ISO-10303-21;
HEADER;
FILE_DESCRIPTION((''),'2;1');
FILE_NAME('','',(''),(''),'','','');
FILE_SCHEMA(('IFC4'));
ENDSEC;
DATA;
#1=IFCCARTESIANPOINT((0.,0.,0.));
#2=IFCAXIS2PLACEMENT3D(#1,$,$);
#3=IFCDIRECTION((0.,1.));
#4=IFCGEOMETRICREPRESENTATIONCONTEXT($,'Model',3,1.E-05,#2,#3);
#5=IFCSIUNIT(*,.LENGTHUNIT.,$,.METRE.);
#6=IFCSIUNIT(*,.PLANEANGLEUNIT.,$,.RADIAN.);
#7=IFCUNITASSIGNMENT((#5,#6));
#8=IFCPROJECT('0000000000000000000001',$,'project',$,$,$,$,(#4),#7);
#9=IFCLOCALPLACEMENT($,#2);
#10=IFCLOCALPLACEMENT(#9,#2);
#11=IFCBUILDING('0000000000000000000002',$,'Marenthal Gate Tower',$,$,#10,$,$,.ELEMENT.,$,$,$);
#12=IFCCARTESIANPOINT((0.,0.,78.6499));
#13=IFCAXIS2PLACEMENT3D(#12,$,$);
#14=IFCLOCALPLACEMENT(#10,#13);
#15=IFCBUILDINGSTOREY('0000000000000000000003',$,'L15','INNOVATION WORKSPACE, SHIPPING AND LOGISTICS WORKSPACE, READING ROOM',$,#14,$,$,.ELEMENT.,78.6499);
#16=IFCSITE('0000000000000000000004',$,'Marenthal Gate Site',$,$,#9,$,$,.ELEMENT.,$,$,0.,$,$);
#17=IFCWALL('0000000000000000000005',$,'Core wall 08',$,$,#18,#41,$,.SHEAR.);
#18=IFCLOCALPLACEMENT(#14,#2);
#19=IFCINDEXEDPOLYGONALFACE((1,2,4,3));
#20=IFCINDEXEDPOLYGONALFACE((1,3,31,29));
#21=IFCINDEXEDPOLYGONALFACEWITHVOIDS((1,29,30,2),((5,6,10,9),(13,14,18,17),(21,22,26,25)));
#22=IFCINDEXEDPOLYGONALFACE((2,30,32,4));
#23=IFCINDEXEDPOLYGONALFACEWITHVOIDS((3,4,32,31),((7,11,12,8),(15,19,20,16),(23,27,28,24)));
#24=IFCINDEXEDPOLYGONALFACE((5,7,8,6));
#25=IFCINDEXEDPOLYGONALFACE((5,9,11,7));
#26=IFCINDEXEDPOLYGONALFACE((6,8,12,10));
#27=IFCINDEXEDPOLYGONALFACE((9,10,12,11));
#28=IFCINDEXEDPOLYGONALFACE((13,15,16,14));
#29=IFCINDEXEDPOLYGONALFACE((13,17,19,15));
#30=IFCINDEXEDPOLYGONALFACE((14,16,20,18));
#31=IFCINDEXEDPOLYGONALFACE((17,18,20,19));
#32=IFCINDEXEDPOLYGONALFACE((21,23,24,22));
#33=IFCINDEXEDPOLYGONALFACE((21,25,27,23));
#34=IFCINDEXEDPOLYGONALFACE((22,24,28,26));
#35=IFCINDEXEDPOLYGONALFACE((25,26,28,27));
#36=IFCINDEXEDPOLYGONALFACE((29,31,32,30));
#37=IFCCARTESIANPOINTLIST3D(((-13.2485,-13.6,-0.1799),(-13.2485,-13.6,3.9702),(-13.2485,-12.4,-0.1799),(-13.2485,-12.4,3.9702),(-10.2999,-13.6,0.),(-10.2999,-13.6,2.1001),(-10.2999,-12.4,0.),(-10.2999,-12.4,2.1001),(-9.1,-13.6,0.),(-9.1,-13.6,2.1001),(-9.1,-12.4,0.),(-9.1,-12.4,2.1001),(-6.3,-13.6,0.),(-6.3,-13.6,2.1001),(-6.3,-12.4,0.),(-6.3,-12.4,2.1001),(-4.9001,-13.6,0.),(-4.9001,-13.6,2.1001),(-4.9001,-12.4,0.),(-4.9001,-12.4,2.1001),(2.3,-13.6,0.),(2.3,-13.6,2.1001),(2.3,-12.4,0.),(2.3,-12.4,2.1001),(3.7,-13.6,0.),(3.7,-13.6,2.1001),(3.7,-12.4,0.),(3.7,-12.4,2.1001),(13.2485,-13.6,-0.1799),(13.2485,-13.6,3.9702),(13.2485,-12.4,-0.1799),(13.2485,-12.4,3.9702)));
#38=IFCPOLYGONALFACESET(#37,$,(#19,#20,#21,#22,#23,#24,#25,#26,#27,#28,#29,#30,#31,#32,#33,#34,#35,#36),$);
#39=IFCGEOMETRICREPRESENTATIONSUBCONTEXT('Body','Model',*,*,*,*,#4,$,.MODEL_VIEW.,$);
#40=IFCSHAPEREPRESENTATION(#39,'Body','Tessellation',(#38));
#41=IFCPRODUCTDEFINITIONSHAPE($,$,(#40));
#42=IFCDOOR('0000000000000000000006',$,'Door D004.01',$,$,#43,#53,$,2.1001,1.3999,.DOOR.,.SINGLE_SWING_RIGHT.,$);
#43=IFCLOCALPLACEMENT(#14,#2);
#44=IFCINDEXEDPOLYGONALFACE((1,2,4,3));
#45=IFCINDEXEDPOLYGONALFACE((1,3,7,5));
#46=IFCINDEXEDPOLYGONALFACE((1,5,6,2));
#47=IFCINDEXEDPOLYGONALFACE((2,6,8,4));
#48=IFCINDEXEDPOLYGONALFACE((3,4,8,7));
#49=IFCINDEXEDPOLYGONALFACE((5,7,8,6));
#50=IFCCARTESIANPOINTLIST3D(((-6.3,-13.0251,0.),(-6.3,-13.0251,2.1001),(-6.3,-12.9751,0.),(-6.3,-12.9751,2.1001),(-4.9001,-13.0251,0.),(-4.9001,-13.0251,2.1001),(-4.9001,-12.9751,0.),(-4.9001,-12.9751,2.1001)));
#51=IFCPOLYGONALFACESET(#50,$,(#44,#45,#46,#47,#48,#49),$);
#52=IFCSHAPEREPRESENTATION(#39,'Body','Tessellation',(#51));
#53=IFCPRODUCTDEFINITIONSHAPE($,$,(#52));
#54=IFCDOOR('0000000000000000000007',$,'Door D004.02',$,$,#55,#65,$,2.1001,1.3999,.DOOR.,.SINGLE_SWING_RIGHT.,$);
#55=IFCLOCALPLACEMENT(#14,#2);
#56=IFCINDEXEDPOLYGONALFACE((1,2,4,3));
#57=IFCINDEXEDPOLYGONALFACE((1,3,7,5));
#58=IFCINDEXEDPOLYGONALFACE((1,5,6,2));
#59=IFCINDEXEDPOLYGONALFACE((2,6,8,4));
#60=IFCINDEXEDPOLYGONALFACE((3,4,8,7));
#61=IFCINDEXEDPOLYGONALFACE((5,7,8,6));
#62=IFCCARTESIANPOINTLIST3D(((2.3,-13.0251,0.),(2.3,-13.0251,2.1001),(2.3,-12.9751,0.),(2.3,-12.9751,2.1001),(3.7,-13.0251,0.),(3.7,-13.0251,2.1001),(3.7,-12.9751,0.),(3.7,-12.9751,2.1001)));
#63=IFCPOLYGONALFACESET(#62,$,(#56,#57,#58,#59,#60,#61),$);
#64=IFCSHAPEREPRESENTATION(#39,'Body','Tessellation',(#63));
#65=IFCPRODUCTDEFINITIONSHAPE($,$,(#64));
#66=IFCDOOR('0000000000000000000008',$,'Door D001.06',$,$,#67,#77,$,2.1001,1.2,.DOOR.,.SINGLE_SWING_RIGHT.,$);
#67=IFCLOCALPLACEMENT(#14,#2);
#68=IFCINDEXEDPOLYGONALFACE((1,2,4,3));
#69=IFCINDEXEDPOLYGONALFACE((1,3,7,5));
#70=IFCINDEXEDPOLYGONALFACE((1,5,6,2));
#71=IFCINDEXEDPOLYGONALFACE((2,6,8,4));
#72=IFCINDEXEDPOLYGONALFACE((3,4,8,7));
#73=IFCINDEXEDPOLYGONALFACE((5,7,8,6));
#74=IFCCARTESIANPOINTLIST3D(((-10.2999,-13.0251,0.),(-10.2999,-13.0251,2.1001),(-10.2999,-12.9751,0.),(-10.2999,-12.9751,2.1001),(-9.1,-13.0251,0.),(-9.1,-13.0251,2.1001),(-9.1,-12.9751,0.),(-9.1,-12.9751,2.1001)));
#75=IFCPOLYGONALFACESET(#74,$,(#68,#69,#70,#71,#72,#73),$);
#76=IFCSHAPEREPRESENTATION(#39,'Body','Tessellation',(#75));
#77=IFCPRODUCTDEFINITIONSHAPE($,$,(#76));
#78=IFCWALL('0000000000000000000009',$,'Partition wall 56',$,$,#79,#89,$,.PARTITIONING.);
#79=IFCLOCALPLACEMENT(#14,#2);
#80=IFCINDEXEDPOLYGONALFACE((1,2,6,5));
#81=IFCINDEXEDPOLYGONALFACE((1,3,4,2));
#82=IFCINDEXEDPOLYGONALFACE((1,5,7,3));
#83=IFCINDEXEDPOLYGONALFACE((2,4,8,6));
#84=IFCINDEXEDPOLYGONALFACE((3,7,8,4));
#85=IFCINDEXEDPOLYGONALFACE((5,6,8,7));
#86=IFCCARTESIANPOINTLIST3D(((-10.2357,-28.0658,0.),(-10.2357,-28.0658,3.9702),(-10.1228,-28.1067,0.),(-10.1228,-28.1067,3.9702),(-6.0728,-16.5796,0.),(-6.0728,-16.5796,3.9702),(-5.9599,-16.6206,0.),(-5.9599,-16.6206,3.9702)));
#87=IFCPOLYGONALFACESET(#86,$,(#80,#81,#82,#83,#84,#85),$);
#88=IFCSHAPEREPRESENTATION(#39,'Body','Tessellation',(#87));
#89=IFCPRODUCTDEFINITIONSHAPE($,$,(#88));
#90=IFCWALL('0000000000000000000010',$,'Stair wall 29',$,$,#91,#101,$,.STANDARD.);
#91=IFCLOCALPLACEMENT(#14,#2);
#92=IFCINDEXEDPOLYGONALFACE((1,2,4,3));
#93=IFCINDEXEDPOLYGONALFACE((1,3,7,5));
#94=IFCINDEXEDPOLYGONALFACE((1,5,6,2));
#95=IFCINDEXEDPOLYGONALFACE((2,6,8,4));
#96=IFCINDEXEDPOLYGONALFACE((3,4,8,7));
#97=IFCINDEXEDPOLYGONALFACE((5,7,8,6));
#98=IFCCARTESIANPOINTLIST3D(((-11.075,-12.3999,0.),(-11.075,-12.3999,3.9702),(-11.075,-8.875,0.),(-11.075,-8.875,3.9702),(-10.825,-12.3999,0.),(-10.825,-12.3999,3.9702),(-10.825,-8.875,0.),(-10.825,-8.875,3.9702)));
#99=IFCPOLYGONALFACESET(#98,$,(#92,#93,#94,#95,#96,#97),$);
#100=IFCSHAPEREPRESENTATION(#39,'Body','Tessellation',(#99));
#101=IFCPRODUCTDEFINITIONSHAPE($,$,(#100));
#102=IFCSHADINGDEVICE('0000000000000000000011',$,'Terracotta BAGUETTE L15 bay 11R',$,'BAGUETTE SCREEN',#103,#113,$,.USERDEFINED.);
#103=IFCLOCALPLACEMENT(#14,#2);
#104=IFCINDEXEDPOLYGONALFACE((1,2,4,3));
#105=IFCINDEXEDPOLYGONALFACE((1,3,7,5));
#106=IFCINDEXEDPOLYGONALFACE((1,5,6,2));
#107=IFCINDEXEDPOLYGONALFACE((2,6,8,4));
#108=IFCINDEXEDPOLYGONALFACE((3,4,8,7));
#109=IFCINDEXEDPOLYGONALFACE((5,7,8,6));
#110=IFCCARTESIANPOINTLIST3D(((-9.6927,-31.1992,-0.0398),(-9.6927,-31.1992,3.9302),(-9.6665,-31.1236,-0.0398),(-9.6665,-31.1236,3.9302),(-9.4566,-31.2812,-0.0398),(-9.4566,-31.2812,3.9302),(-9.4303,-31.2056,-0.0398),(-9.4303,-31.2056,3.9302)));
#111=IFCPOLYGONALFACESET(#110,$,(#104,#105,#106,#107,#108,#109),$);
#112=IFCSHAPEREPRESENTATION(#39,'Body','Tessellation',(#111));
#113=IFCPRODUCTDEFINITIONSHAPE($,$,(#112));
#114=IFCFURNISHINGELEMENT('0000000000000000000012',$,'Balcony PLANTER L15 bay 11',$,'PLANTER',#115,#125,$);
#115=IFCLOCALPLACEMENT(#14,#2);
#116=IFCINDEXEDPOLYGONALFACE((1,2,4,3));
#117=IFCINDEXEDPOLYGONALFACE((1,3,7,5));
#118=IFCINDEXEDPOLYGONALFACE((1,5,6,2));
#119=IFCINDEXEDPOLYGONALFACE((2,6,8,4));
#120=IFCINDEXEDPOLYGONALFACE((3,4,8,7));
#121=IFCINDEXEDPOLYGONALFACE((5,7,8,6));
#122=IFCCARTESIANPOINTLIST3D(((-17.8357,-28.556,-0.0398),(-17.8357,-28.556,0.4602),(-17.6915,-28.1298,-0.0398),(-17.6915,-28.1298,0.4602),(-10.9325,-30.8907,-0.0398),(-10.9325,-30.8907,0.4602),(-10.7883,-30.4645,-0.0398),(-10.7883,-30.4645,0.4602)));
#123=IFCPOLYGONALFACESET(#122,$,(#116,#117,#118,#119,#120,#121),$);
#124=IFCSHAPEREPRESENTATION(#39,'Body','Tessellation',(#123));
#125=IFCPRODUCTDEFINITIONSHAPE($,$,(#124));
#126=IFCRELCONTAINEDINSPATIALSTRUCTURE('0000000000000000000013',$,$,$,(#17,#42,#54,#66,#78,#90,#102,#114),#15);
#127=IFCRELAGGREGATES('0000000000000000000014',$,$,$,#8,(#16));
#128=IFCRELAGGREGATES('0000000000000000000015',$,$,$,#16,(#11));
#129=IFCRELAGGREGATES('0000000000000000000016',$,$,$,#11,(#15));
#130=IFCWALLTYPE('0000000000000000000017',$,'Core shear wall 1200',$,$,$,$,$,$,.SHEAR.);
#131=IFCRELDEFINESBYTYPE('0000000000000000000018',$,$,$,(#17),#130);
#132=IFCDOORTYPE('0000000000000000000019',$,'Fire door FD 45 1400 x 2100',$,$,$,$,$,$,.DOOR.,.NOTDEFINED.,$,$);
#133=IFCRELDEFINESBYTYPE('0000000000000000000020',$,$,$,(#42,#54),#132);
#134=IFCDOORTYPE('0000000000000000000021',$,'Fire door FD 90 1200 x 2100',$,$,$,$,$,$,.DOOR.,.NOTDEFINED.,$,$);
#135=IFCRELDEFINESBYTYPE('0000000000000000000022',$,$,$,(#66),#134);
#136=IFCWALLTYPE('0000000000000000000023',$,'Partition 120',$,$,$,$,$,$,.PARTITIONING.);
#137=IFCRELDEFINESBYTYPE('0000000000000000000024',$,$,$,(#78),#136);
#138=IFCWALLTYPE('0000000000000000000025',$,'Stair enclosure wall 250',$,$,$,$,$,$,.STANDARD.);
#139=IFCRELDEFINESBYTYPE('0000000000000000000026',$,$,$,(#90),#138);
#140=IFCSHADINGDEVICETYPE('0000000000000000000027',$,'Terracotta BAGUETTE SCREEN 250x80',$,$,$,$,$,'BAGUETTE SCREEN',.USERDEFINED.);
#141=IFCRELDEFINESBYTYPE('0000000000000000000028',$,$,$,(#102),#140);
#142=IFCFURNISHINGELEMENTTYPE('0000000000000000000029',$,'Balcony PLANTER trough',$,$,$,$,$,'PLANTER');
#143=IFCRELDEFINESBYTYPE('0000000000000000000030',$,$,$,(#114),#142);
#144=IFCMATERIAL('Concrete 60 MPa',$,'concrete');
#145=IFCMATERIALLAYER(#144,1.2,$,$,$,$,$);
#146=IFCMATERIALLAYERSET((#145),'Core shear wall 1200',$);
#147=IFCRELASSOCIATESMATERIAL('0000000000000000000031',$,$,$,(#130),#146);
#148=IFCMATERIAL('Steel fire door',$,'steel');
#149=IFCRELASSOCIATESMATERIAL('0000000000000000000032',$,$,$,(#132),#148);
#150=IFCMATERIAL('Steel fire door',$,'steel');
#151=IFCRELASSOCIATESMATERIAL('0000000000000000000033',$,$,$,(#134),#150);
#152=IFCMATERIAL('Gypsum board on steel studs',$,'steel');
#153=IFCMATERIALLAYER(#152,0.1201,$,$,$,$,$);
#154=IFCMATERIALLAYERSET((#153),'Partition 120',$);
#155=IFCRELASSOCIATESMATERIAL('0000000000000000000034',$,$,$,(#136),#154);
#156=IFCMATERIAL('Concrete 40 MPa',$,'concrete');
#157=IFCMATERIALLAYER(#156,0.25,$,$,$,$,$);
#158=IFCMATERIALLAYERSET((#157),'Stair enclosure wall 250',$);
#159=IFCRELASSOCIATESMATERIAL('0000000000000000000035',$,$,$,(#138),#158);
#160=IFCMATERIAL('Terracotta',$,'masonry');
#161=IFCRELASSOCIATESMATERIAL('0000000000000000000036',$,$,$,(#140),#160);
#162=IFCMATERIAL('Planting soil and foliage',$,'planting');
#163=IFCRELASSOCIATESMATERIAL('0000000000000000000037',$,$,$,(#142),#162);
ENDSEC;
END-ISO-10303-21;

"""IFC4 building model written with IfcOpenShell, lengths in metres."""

from ifc_helpers import new_model, si_unit, direction, frame, frame_2d, origin, origin_2d, place, context, subcontext, project, spatial, rectangle, extrude, material, layer, layer_set, material_profile, profile_set, type_object, element, fill, save


model = new_model("IFC4")

# Units and contexts
model_context = context("Model", 3, precision=1e-05, world=origin(), true_north=direction((0.0, 1.0)))
body_context = subcontext(model_context, "Body", "Model", "MODEL_VIEW")
ifc_project = project(units=[si_unit("LENGTHUNIT", "METRE"), si_unit("PLANEANGLEUNIT", "RADIAN")], contexts=[model_context])

# Site, building, storey
site_placement = place(None, origin())
site = spatial("IfcSite", under=ifc_project, at=site_placement, Name="Marenthal Gate Site", CompositionType="ELEMENT", RefElevation=0.0)
building_placement = place(site_placement, origin())
building = spatial("IfcBuilding", under=site, at=building_placement, Name="Marenthal Gate Tower", CompositionType="ELEMENT")
storey_placement = place(building_placement, frame((0.0, 0.0, 78.6499)))
storey = spatial("IfcBuildingStorey", under=building, at=storey_placement, Name="L15", Description="INNOVATION WORKSPACE, SHIPPING AND LOGISTICS WORKSPACE, READING ROOM", CompositionType="ELEMENT", Elevation=78.6499)

# Wall, openings, doors
ifc_material_1 = material(Name="Concrete 60 MPa", Category="concrete")
ifc_layer_1 = layer(ifc_material_1, 1.2)
ifc_layer_set_1 = layer_set([ifc_layer_1], Name="Core shear wall 1200")
wall_type_1 = type_object("IfcWallType", Name="Core shear wall 1200", PredefinedType="SHEAR", material=ifc_layer_set_1)
wall_1_placement = place(storey_placement, frame((-13.2485, -13.0, -0.1799), z_axis=(0.0, 0.0, 1.0), x_axis=(1.0, 0.0, 0.0)))
wall_1 = element("IfcWall", 1, at=wall_1_placement, inside=storey, type_object=wall_type_1, Name="Core wall 08", PredefinedType="SHEAR", context=body_context, shape_type="SweptSolid", body=[
    extrude(rectangle(XDim=26.4971, YDim=1.2, at=frame_2d((13.2485, 0.0))), origin(), (0.0, 0.0, 1.0), 4.1501),
])
opening_1_placement = place(wall_1_placement, frame((2.9485, 0.0, 0.1799)))
opening_1 = element("IfcOpeningElement", 2, at=opening_1_placement, cuts=wall_1, PredefinedType="OPENING", context=body_context, shape_type="SweptSolid", body=[
    extrude(rectangle(XDim=1.2, YDim=2.1001, at=frame_2d((0.6001, 1.05))), frame((0.0, 0.6099, 0.0), z_axis=(0.0, -1.0, 0.0), x_axis=(1.0, 0.0, 0.0)), (0.0, 0.0, 1.0), 1.22),
])
opening_2_placement = place(wall_1_placement, frame((6.9485, 0.0, 0.1799)))
opening_2 = element("IfcOpeningElement", 3, at=opening_2_placement, cuts=wall_1, PredefinedType="OPENING", context=body_context, shape_type="SweptSolid", body=[
    extrude(rectangle(XDim=1.3999, YDim=2.1001, at=frame_2d((0.7, 1.05))), frame((0.0, 0.6099, 0.0), z_axis=(0.0, -1.0, 0.0), x_axis=(1.0, 0.0, 0.0)), (0.0, 0.0, 1.0), 1.22),
])
opening_3_placement = place(wall_1_placement, frame((15.5486, 0.0, 0.1799)))
opening_3 = element("IfcOpeningElement", 4, at=opening_3_placement, cuts=wall_1, PredefinedType="OPENING", context=body_context, shape_type="SweptSolid", body=[
    extrude(rectangle(XDim=1.3999, YDim=2.1001, at=frame_2d((0.7, 1.05))), frame((0.0, 0.6099, 0.0), z_axis=(0.0, -1.0, 0.0), x_axis=(1.0, 0.0, 0.0)), (0.0, 0.0, 1.0), 1.22),
])
ifc_material_2 = material(Name="Steel fire door", Category="steel")
door_type_1 = type_object("IfcDoorType", Name="Fire door FD 45 1400 x 2100", OperationType="NOTDEFINED", PredefinedType="DOOR", material=ifc_material_2)
door_1_placement = place(opening_2_placement, origin())
door_1 = element("IfcDoor", 5, at=door_1_placement, inside=storey, type_object=door_type_1, Name="Door D004.01", OperationType="SINGLE_SWING_RIGHT", OverallHeight=2.1001, OverallWidth=1.3999, PredefinedType="DOOR", context=body_context, shape_type="SweptSolid", body=[
    extrude(rectangle(XDim=1.3999, YDim=2.1001, at=frame_2d((0.7, 1.05))), frame((0.0, 0.0249, 0.0), z_axis=(0.0, -1.0, 0.0), x_axis=(1.0, 0.0, 0.0)), (0.0, 0.0, 1.0), 0.05),
])
fill(opening_2, door_1)
door_2_placement = place(opening_3_placement, origin())
door_2 = element("IfcDoor", 6, at=door_2_placement, inside=storey, type_object=door_type_1, Name="Door D004.02", OperationType="SINGLE_SWING_RIGHT", OverallHeight=2.1001, OverallWidth=1.3999, PredefinedType="DOOR", context=body_context, shape_type="SweptSolid", body=[
    extrude(rectangle(XDim=1.3999, YDim=2.1001, at=frame_2d((0.7, 1.05))), frame((0.0, 0.0249, 0.0), z_axis=(0.0, -1.0, 0.0), x_axis=(1.0, 0.0, 0.0)), (0.0, 0.0, 1.0), 0.05),
])
fill(opening_3, door_2)
ifc_material_3 = material(Name="Steel fire door", Category="steel")
door_type_2 = type_object("IfcDoorType", Name="Fire door FD 90 1200 x 2100", OperationType="NOTDEFINED", PredefinedType="DOOR", material=ifc_material_3)
door_3_placement = place(opening_1_placement, origin())
door_3 = element("IfcDoor", 7, at=door_3_placement, inside=storey, type_object=door_type_2, Name="Door D001.06", OperationType="SINGLE_SWING_RIGHT", OverallHeight=2.1001, OverallWidth=1.2, PredefinedType="DOOR", context=body_context, shape_type="SweptSolid", body=[
    extrude(rectangle(XDim=1.2, YDim=2.1001, at=frame_2d((0.6001, 1.05))), frame((0.0, 0.0249, 0.0), z_axis=(0.0, -1.0, 0.0), x_axis=(1.0, 0.0, 0.0)), (0.0, 0.0, 1.0), 0.05),
])
fill(opening_1, door_3)

# Walls
ifc_material_4 = material(Name="Gypsum board on steel studs", Category="steel")
ifc_layer_2 = layer(ifc_material_4, 0.1201)
ifc_layer_set_2 = layer_set([ifc_layer_2], Name="Partition 120")
wall_type_2 = type_object("IfcWallType", Name="Partition 120", PredefinedType="PARTITIONING", material=ifc_layer_set_2)
wall_2_placement = place(storey_placement, frame((-6.0164, -16.6001, 0.0), z_axis=(0.0, 0.0, 1.0), x_axis=(-0.340737, -0.940159, 0.0)))
element("IfcWall", 8, at=wall_2_placement, inside=storey, type_object=wall_type_2, Name="Partition wall 56", PredefinedType="PARTITIONING", context=body_context, shape_type="SweptSolid", body=[
    extrude(rectangle(XDim=12.2173, YDim=0.1201, at=frame_2d((6.1086, 0.0))), origin(), (0.0, 0.0, 1.0), 3.9702),
])
ifc_material_5 = material(Name="Concrete 40 MPa", Category="concrete")
ifc_layer_3 = layer(ifc_material_5, 0.25)
ifc_layer_set_3 = layer_set([ifc_layer_3], Name="Stair enclosure wall 250")
wall_type_3 = type_object("IfcWallType", Name="Stair enclosure wall 250", PredefinedType="STANDARD", material=ifc_layer_set_3)
wall_3_placement = place(storey_placement, frame((-10.95, -12.3999, 0.0), z_axis=(0.0, 0.0, 1.0), x_axis=(0.0, 1.0, 0.0)))
element("IfcWall", 9, at=wall_3_placement, inside=storey, type_object=wall_type_3, Name="Stair wall 29", PredefinedType="STANDARD", context=body_context, shape_type="SweptSolid", body=[
    extrude(rectangle(XDim=3.5249, YDim=0.25, at=frame_2d((1.7625, 0.0))), origin(), (0.0, 0.0, 1.0), 3.9702),
])

# Shading device
ifc_material_6 = material(Name="Terracotta", Category="masonry")
ifc_material_profile_1 = material_profile(ifc_material_6, rectangle(XDim=0.25, YDim=0.0801, at=origin_2d()), Name="Terracotta baguette 250x80")
ifc_profile_set_1 = profile_set([ifc_material_profile_1], Name="Terracotta")
shading_device_type = type_object("IfcShadingDeviceType", Name="Terracotta BAGUETTE SCREEN 250x80", ElementType="BAGUETTE SCREEN", PredefinedType="USERDEFINED", material=ifc_profile_set_1)
shading_device_placement = place(storey_placement, frame((-9.5615, -31.2024, -0.0398), z_axis=(0.0, 0.0, 1.0), x_axis=(0.944657, -0.328061, 0.0)))
element("IfcShadingDevice", 10, at=shading_device_placement, inside=storey, type_object=shading_device_type, Name="Terracotta BAGUETTE L15 bay 11R", ObjectType="BAGUETTE SCREEN", PredefinedType="USERDEFINED", context=body_context, shape_type="SweptSolid", body=[
    extrude(rectangle(XDim=0.25, YDim=0.0801, at=origin_2d()), origin(), (0.0, 0.0, 1.0), 3.97),
])

# Furnishing element
ifc_material_7 = material(Name="Planting soil and foliage", Category="planting")
furnishing_element_type = type_object("IfcFurnishingElementType", Name="Balcony PLANTER trough", ElementType="PLANTER", material=ifc_material_7)
furnishing_placement = place(storey_placement, frame((-14.312, -29.5103, -0.0398), z_axis=(0.0, 0.0, 1.0), x_axis=(0.947289, -0.320381, 0.0)))
element("IfcFurnishingElement", 11, at=furnishing_placement, inside=storey, type_object=furnishing_element_type, Name="Balcony PLANTER L15 bay 11", ObjectType="PLANTER", context=body_context, shape_type="SweptSolid", body=[
    extrude(rectangle(XDim=7.2874, YDim=0.45, at=origin_2d()), origin(), (0.0, 0.0, 1.0), 0.5),
])

save(model, "model.ifc")
